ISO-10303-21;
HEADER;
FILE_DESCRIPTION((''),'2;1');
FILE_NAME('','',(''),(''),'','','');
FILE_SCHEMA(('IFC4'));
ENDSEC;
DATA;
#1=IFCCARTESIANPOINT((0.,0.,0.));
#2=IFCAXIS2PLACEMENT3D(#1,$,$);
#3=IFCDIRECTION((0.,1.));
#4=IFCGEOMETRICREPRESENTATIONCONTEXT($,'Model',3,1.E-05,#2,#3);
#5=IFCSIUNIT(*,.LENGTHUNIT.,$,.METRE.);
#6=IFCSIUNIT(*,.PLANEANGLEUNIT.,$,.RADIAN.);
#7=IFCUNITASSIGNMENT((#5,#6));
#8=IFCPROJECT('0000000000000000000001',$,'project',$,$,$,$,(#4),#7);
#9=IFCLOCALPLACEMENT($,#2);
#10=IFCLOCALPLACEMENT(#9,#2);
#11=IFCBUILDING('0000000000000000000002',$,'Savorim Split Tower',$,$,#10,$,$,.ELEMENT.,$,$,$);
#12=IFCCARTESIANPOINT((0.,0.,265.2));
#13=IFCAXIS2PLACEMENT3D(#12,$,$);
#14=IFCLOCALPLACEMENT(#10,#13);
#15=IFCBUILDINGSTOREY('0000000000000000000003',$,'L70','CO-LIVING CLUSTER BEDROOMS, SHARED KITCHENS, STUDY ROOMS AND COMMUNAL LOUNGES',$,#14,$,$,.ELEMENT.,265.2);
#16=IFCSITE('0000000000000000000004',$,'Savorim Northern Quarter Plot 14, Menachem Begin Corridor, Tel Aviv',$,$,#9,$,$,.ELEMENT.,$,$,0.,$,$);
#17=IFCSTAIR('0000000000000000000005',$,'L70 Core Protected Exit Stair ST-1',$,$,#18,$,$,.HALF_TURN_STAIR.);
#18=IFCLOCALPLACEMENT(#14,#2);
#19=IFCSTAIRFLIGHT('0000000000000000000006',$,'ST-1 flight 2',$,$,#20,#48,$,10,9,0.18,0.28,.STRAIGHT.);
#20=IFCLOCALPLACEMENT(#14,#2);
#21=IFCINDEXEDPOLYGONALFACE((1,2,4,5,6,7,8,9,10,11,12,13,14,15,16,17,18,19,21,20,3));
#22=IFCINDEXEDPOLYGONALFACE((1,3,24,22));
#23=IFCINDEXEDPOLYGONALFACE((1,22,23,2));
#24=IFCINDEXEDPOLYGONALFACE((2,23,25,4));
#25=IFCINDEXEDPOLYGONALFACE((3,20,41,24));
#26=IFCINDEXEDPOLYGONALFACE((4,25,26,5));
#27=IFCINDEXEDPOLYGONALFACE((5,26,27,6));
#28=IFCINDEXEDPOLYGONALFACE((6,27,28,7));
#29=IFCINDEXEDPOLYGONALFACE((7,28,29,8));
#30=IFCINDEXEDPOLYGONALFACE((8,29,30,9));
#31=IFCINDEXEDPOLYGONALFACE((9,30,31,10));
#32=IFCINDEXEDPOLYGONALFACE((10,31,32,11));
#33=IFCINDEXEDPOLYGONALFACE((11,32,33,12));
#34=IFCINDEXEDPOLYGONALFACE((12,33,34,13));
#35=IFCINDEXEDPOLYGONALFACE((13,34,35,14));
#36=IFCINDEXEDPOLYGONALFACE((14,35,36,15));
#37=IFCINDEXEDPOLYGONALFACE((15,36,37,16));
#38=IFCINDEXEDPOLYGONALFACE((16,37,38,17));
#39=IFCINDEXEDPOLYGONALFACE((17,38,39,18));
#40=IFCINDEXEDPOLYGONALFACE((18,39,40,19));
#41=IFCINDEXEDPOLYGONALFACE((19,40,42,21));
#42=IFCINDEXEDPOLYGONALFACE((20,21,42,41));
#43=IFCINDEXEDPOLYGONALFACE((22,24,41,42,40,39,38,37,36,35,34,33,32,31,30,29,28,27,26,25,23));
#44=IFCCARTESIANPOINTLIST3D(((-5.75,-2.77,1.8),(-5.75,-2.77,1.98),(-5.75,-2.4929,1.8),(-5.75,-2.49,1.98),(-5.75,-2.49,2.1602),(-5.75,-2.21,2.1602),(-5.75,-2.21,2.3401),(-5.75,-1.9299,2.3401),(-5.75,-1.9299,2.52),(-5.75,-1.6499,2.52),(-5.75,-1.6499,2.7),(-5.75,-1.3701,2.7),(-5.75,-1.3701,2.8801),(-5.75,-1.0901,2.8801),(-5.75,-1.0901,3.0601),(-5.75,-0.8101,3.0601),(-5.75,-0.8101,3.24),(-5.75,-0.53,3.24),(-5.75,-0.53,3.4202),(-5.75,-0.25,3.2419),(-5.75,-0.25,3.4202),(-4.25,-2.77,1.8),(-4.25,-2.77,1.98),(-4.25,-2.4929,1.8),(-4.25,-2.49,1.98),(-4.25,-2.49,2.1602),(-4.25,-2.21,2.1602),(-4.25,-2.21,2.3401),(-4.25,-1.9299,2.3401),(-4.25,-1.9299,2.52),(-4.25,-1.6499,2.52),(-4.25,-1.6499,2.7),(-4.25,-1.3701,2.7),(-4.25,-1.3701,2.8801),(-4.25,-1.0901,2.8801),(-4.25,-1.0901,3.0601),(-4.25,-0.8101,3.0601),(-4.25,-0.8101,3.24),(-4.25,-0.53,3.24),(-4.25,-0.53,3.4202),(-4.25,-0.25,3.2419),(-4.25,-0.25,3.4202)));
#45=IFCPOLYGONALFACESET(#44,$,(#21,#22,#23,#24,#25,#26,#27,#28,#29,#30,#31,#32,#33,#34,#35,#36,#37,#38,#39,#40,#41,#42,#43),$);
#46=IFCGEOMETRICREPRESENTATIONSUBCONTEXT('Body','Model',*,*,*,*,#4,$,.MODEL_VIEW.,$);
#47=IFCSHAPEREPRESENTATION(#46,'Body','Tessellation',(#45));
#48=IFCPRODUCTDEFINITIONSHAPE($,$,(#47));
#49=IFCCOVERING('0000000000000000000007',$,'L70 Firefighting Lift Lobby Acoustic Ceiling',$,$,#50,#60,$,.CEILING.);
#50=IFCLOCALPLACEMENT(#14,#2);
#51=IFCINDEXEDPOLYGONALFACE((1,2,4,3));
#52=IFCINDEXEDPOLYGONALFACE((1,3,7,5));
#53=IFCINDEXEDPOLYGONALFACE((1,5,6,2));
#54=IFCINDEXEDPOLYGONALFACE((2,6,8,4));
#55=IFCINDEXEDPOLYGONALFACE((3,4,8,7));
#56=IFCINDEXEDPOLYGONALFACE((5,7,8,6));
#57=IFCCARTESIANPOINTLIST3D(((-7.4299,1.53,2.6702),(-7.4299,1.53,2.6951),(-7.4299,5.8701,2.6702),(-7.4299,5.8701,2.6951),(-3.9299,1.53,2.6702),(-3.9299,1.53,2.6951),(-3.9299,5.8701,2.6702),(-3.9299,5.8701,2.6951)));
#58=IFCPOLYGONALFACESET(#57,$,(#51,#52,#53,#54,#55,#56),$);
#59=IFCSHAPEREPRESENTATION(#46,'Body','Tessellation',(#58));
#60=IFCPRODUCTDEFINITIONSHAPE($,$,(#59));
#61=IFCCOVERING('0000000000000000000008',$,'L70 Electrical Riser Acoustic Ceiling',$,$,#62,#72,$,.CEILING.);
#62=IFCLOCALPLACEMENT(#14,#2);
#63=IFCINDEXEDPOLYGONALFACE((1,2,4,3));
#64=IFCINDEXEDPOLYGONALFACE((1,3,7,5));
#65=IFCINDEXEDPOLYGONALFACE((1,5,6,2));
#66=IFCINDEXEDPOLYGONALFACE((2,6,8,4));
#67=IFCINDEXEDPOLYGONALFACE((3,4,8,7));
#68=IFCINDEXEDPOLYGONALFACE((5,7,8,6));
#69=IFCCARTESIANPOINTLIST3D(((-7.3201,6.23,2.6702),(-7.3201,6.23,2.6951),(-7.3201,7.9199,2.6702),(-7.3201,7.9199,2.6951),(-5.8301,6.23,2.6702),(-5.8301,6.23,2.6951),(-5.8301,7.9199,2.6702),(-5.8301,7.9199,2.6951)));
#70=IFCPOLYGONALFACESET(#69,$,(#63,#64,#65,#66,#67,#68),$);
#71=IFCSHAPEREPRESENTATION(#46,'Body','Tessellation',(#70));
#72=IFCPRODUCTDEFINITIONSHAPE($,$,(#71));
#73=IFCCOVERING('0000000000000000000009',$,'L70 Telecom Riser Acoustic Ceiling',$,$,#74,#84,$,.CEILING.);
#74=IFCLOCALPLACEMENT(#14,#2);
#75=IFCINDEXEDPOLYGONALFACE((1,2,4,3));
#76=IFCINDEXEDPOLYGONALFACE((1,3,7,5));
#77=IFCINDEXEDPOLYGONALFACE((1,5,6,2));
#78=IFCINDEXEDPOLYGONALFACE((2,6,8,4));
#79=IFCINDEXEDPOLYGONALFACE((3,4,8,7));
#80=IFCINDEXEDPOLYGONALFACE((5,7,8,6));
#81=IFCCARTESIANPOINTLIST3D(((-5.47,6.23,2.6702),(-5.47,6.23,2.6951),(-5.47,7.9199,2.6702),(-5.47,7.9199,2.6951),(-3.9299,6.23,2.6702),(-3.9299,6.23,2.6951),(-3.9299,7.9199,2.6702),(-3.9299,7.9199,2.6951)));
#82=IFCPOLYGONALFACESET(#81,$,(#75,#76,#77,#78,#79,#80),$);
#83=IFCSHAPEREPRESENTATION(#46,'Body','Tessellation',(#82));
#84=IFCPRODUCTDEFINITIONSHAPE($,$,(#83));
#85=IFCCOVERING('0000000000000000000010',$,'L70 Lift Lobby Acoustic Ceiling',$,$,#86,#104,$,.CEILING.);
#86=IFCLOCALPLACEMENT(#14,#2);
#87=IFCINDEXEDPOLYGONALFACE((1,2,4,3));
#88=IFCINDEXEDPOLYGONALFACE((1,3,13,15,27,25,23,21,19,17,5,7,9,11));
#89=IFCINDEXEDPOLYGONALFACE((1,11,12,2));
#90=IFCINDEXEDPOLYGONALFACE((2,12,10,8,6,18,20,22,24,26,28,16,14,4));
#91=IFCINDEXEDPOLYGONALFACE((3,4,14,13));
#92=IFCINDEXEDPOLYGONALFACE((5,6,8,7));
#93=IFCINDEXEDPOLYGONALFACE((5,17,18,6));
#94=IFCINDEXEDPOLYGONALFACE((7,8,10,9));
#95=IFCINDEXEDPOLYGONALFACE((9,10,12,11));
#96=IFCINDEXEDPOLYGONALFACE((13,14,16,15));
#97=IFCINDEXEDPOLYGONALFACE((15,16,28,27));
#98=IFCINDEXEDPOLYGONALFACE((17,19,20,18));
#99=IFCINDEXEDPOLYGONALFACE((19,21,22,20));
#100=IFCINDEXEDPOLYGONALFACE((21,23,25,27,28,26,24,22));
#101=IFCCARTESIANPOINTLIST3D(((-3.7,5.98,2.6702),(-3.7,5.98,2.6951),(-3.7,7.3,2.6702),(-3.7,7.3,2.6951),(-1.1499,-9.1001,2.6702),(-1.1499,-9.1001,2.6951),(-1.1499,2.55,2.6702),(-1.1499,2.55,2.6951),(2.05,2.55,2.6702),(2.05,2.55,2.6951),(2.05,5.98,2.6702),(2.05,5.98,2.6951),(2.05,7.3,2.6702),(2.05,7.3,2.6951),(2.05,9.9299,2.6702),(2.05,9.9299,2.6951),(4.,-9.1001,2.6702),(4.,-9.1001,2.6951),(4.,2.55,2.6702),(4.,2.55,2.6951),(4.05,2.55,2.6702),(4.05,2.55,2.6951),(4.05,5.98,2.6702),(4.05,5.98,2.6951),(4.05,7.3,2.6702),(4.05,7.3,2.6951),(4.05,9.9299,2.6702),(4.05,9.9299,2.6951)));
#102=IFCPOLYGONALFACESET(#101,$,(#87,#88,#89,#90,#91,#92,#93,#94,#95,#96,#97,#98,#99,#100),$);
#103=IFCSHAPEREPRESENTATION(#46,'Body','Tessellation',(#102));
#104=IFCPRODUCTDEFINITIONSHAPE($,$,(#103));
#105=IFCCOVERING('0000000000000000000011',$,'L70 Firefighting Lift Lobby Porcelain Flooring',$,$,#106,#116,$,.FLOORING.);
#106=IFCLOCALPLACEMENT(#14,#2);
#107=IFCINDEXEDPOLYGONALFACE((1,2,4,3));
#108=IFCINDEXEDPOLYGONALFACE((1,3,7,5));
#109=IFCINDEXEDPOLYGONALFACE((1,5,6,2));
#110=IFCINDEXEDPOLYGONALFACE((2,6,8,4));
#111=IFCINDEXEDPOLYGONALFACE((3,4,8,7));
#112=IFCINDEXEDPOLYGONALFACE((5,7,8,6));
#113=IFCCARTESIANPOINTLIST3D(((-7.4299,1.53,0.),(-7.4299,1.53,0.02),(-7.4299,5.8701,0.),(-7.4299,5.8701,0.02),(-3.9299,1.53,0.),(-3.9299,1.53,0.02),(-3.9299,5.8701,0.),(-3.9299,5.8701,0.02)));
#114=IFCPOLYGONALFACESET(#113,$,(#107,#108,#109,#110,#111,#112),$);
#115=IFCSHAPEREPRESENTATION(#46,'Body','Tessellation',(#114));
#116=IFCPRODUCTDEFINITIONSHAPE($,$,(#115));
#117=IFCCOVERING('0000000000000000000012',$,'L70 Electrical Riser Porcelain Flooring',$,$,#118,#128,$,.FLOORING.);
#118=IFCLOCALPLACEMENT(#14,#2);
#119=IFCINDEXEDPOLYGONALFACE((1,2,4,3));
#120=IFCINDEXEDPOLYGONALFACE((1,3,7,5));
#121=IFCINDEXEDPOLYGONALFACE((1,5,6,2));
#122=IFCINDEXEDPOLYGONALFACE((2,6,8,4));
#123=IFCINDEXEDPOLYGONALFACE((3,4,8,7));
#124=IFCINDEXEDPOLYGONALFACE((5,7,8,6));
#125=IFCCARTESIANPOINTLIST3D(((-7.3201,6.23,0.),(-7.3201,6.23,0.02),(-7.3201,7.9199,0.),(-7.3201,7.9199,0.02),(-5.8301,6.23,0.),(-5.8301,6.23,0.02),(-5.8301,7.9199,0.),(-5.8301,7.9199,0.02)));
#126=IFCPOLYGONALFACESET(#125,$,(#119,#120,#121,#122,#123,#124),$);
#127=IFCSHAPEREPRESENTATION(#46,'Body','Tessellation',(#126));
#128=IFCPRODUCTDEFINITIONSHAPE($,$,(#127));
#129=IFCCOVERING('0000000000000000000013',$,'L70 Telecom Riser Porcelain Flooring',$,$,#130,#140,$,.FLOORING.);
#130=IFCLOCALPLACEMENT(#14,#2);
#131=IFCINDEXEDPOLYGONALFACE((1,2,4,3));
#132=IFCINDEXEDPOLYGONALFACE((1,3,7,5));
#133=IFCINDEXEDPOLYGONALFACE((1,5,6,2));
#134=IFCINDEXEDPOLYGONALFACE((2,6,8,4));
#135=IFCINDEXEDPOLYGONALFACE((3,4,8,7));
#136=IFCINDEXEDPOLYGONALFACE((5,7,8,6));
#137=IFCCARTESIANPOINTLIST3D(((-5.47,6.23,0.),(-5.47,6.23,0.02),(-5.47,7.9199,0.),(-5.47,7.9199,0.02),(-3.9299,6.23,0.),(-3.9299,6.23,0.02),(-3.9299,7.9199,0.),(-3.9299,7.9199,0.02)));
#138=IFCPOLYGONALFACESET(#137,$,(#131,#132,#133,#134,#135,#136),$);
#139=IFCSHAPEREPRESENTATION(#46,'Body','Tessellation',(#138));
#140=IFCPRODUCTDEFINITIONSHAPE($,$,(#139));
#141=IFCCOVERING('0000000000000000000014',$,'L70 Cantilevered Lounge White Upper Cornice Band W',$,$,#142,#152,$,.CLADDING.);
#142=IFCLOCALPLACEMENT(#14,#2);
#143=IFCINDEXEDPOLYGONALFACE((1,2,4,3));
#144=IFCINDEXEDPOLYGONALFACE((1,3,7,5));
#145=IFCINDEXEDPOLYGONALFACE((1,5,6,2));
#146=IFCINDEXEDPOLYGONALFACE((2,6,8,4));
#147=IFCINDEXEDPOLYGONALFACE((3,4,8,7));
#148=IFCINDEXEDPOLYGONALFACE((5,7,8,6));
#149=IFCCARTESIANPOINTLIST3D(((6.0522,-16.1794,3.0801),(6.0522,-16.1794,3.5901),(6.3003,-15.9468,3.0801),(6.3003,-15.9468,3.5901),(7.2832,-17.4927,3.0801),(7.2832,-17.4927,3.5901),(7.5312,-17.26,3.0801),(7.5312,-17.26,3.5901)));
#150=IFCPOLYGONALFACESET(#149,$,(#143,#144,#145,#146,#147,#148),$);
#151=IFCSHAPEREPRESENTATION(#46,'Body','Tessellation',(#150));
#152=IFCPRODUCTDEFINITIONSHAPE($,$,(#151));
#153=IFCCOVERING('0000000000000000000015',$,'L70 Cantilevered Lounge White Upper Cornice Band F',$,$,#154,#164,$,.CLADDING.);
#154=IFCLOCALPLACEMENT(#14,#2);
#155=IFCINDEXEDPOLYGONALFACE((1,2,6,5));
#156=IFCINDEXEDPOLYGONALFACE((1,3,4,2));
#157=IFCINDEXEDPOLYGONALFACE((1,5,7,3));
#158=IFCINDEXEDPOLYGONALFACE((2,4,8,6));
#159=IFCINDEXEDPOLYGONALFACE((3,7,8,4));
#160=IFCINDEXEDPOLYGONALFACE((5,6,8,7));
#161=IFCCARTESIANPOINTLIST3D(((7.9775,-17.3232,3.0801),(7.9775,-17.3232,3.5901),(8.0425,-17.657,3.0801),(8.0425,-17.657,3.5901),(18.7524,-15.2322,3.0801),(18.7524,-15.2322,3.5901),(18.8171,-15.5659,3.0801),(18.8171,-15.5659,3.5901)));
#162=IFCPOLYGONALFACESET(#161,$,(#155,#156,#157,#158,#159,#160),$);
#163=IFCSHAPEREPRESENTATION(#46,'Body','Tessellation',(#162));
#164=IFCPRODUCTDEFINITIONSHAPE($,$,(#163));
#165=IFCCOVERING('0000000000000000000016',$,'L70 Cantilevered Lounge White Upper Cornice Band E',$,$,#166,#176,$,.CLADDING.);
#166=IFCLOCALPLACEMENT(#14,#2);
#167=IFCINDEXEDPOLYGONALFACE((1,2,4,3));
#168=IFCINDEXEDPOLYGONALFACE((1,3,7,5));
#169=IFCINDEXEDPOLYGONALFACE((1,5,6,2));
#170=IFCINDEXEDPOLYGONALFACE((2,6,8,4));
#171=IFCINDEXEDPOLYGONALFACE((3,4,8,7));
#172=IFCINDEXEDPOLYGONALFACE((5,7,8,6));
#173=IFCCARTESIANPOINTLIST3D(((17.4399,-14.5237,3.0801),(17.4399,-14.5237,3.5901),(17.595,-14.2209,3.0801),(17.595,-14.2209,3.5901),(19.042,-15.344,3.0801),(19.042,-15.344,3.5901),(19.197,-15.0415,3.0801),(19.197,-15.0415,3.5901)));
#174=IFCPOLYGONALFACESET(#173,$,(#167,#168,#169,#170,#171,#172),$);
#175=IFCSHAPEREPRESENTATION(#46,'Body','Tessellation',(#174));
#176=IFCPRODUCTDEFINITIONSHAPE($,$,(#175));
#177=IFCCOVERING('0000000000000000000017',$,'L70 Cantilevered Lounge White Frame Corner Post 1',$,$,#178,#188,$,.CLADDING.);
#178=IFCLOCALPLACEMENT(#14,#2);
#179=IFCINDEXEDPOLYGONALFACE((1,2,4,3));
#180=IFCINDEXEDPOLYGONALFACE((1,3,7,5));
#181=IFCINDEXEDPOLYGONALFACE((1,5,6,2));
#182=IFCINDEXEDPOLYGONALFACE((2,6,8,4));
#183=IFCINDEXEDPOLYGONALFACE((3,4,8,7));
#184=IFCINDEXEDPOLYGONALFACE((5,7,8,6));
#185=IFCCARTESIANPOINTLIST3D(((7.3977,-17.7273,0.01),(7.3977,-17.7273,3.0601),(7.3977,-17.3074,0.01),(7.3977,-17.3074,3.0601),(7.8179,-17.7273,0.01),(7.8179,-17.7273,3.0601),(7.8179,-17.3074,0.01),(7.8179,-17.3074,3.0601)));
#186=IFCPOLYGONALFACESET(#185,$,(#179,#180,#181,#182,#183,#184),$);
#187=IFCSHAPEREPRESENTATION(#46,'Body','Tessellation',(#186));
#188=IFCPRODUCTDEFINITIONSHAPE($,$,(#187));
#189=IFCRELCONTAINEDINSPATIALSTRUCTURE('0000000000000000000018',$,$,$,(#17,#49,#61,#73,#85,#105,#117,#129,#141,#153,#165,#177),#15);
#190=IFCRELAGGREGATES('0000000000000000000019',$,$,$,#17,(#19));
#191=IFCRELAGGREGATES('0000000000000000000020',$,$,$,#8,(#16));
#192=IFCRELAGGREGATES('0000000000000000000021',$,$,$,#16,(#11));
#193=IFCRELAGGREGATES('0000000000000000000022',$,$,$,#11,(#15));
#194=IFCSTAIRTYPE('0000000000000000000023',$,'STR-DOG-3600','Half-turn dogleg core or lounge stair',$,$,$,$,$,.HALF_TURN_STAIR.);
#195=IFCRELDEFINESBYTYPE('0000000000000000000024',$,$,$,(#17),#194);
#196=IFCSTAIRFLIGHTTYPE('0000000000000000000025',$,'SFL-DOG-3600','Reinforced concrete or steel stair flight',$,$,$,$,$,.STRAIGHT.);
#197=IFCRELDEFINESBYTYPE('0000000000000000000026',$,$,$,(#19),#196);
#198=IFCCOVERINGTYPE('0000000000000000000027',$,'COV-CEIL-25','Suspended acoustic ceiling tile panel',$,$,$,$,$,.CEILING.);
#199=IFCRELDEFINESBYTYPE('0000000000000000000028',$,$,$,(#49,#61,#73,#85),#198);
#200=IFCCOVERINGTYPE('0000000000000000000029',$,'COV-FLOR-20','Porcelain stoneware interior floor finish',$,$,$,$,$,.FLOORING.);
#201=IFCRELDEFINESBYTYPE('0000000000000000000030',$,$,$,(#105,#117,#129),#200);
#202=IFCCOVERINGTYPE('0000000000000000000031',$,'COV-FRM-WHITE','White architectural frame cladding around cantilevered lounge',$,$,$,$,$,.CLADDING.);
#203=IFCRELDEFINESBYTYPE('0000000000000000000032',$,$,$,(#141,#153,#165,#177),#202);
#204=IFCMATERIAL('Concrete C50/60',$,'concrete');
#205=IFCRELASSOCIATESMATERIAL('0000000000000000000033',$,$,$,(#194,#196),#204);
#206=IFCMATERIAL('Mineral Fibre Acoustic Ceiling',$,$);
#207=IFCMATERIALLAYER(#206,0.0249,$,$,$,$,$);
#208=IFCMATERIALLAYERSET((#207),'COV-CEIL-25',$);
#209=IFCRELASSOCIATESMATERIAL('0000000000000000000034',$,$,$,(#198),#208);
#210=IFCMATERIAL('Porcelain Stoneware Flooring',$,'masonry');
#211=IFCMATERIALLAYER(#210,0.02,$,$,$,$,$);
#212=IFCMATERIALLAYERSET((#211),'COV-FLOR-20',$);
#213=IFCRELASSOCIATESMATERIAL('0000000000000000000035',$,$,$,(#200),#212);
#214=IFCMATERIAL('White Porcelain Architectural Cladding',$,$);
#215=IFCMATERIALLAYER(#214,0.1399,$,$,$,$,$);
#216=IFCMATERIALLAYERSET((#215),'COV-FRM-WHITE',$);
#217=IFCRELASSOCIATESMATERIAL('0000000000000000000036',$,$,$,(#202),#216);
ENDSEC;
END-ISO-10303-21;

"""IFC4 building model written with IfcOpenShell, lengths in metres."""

from ifc_helpers import new_model, si_unit, direction, frame, origin, place, context, subcontext, project, spatial, polyline, outline, extrude, material, layer, layer_set, type_object, element, aggregate, save


model = new_model("IFC4")

# Units and contexts
model_context = context("Model", 3, precision=1e-05, world=origin(), true_north=direction((0.0, 1.0)))
body_context = subcontext(model_context, "Body", "Model", "MODEL_VIEW")
ifc_project = project(units=[si_unit("LENGTHUNIT", "METRE"), si_unit("PLANEANGLEUNIT", "RADIAN")], contexts=[model_context])

# Site, building, storey
site_placement = place(None, origin())
site = spatial("IfcSite", under=ifc_project, at=site_placement, Name="Savorim Northern Quarter Plot 14, Menachem Begin Corridor, Tel Aviv", CompositionType="ELEMENT", RefElevation=0.0)
building_placement = place(site_placement, origin())
building = spatial("IfcBuilding", under=site, at=building_placement, Name="Savorim Split Tower", CompositionType="ELEMENT")
storey_placement = place(building_placement, frame((0.0, 0.0, 265.2)))
storey = spatial("IfcBuildingStorey", under=building, at=storey_placement, Name="L70", Description="CO-LIVING CLUSTER BEDROOMS, SHARED KITCHENS, STUDY ROOMS AND COMMUNAL LOUNGES", CompositionType="ELEMENT", Elevation=265.2)

# Shared definitions
ifc_material_1 = material(Name="Concrete C50/60", Category="concrete")

# Stair
stair_type = type_object("IfcStairType", Name="STR-DOG-3600", Description="Half-turn dogleg core or lounge stair", PredefinedType="HALF_TURN_STAIR", material=ifc_material_1)
stair_1_placement = place(storey_placement, origin())
stair_1 = element("IfcStair", 1, at=stair_1_placement, inside=storey, type_object=stair_type, Name="L70 Core Protected Exit Stair ST-1", PredefinedType="HALF_TURN_STAIR")

# Stair flight
stair_flight_type = type_object("IfcStairFlightType", Name="SFL-DOG-3600", Description="Reinforced concrete or steel stair flight", PredefinedType="STRAIGHT", material=ifc_material_1)
stair_flight_1_placement = place(storey_placement, frame((-5.0, -2.77, 1.8), z_axis=(0.0, 0.0, 1.0), x_axis=(0.0, 1.0, 0.0)))
stair_flight_1 = element("IfcStairFlight", 2, at=stair_flight_1_placement, type_object=stair_flight_type, Name="ST-1 flight 2", NumberOfRisers=10, NumberOfTreads=9, PredefinedType="STRAIGHT", RiserHeight=0.18, TreadLength=0.28, context=body_context, shape_type="SweptSolid", body=[
    extrude(outline(polyline([(0.0, 0.0), (0.0, 0.1799), (0.28, 0.1799), (0.28, 0.3601), (0.5601, 0.3601), (0.5601, 0.54), (0.8401, 0.54), (0.8401, 0.72), (1.1201, 0.72), (1.1201, 0.8999), (1.3999, 0.8999), (1.3999, 1.0801), (1.6799, 1.0801), (1.6799, 1.26), (1.96, 1.26), (1.96, 1.4399), (2.24, 1.4399), (2.24, 1.6201), (2.52, 1.6201), (2.52, 1.8), (2.52, 1.4419), (0.2771, 0.0), (0.0, 0.0)])), frame((0.0, 0.75, 0.0), z_axis=(0.0, -1.0, 0.0), x_axis=(1.0, 0.0, 0.0)), (0.0, 0.0, 1.0), 1.5),
])
aggregate(stair_1, [stair_flight_1])

# Coverings
ifc_material_2 = material(Name="Mineral Fibre Acoustic Ceiling")
ifc_layer_1 = layer(ifc_material_2, 0.0249)
ifc_layer_set_1 = layer_set([ifc_layer_1], Name="COV-CEIL-25")
covering_type_1 = type_object("IfcCoveringType", Name="COV-CEIL-25", Description="Suspended acoustic ceiling tile panel", PredefinedType="CEILING", material=ifc_layer_set_1)
covering_1_placement = place(storey_placement, frame((0.0, 0.0, 2.6702)))
element("IfcCovering", 3, at=covering_1_placement, inside=storey, type_object=covering_type_1, Name="L70 Firefighting Lift Lobby Acoustic Ceiling", PredefinedType="CEILING", context=body_context, shape_type="SweptSolid", body=[
    extrude(outline(polyline([(-7.4299, 5.8701), (-7.4299, 1.53), (-3.9299, 1.53), (-3.9299, 5.8701), (-7.4299, 5.8701)])), origin(), (0.0, 0.0, 1.0), 0.0249),
])
covering_2_placement = place(storey_placement, frame((0.0, 0.0, 2.6702)))
element("IfcCovering", 4, at=covering_2_placement, inside=storey, type_object=covering_type_1, Name="L70 Electrical Riser Acoustic Ceiling", PredefinedType="CEILING", context=body_context, shape_type="SweptSolid", body=[
    extrude(outline(polyline([(-7.3201, 7.9199), (-7.3201, 6.23), (-5.8301, 6.23), (-5.8301, 7.9199), (-7.3201, 7.9199)])), origin(), (0.0, 0.0, 1.0), 0.0249),
])
covering_3_placement = place(storey_placement, frame((0.0, 0.0, 2.6702)))
element("IfcCovering", 5, at=covering_3_placement, inside=storey, type_object=covering_type_1, Name="L70 Telecom Riser Acoustic Ceiling", PredefinedType="CEILING", context=body_context, shape_type="SweptSolid", body=[
    extrude(outline(polyline([(-5.47, 7.9199), (-5.47, 6.23), (-3.9299, 6.23), (-3.9299, 7.9199), (-5.47, 7.9199)])), origin(), (0.0, 0.0, 1.0), 0.0249),
])
covering_4_placement = place(storey_placement, frame((0.0, 0.0, 2.6702)))
element("IfcCovering", 6, at=covering_4_placement, inside=storey, type_object=covering_type_1, Name="L70 Lift Lobby Acoustic Ceiling", PredefinedType="CEILING", context=body_context, shape_type="SweptSolid", body=[
    extrude(outline(polyline([(2.05, 2.55), (-1.1499, 2.55), (-1.1499, -9.1001), (4.0, -9.1001), (4.0, 2.55), (4.05, 2.55), (4.05, 5.98), (4.05, 7.3), (4.05, 9.9299), (2.05, 9.9299), (2.05, 7.3), (-3.7, 7.3), (-3.7, 5.98), (2.05, 5.98), (2.05, 2.55)])), origin(), (0.0, 0.0, 1.0), 0.0249),
])
ifc_material_3 = material(Name="Porcelain Stoneware Flooring", Category="masonry")
ifc_layer_2 = layer(ifc_material_3, 0.02)
ifc_layer_set_2 = layer_set([ifc_layer_2], Name="COV-FLOR-20")
covering_type_2 = type_object("IfcCoveringType", Name="COV-FLOR-20", Description="Porcelain stoneware interior floor finish", PredefinedType="FLOORING", material=ifc_layer_set_2)
covering_5_placement = place(storey_placement, origin())
element("IfcCovering", 7, at=covering_5_placement, inside=storey, type_object=covering_type_2, Name="L70 Firefighting Lift Lobby Porcelain Flooring", PredefinedType="FLOORING", context=body_context, shape_type="SweptSolid", body=[
    extrude(outline(polyline([(-7.4299, 5.8701), (-7.4299, 1.53), (-3.9299, 1.53), (-3.9299, 5.8701), (-7.4299, 5.8701)])), origin(), (0.0, 0.0, 1.0), 0.02),
])
covering_6_placement = place(storey_placement, origin())
element("IfcCovering", 8, at=covering_6_placement, inside=storey, type_object=covering_type_2, Name="L70 Electrical Riser Porcelain Flooring", PredefinedType="FLOORING", context=body_context, shape_type="SweptSolid", body=[
    extrude(outline(polyline([(-7.3201, 7.9199), (-7.3201, 6.23), (-5.8301, 6.23), (-5.8301, 7.9199), (-7.3201, 7.9199)])), origin(), (0.0, 0.0, 1.0), 0.02),
])
covering_7_placement = place(storey_placement, origin())
element("IfcCovering", 9, at=covering_7_placement, inside=storey, type_object=covering_type_2, Name="L70 Telecom Riser Porcelain Flooring", PredefinedType="FLOORING", context=body_context, shape_type="SweptSolid", body=[
    extrude(outline(polyline([(-5.47, 7.9199), (-5.47, 6.23), (-3.9299, 6.23), (-3.9299, 7.9199), (-5.47, 7.9199)])), origin(), (0.0, 0.0, 1.0), 0.02),
])
ifc_material_4 = material(Name="White Porcelain Architectural Cladding")
ifc_layer_3 = layer(ifc_material_4, 0.1399)
ifc_layer_set_3 = layer_set([ifc_layer_3], Name="COV-FRM-WHITE")
covering_type_3 = type_object("IfcCoveringType", Name="COV-FRM-WHITE", Description="White architectural frame cladding around cantilevered lounge", PredefinedType="CLADDING", material=ifc_layer_set_3)
covering_8_placement = place(storey_placement, frame((0.0, 0.0, 3.0801)))
element("IfcCovering", 10, at=covering_8_placement, inside=storey, type_object=covering_type_3, Name="L70 Cantilevered Lounge White Upper Cornice Band W", PredefinedType="CLADDING", context=body_context, shape_type="SweptSolid", body=[
    extrude(outline(polyline([(6.0522, -16.1794), (7.2832, -17.4927), (7.5312, -17.26), (6.3003, -15.9468), (6.0522, -16.1794)])), origin(), (0.0, 0.0, 1.0), 0.51),
])
covering_9_placement = place(storey_placement, frame((0.0, 0.0, 3.0801)))
element("IfcCovering", 11, at=covering_9_placement, inside=storey, type_object=covering_type_3, Name="L70 Cantilevered Lounge White Upper Cornice Band F", PredefinedType="CLADDING", context=body_context, shape_type="SweptSolid", body=[
    extrude(outline(polyline([(8.0425, -17.657), (18.8171, -15.5659), (18.7524, -15.2322), (7.9775, -17.3232), (8.0425, -17.657)])), origin(), (0.0, 0.0, 1.0), 0.51),
])
covering_10_placement = place(storey_placement, frame((0.0, 0.0, 3.0801)))
element("IfcCovering", 12, at=covering_10_placement, inside=storey, type_object=covering_type_3, Name="L70 Cantilevered Lounge White Upper Cornice Band E", PredefinedType="CLADDING", context=body_context, shape_type="SweptSolid", body=[
    extrude(outline(polyline([(19.197, -15.0415), (17.595, -14.2209), (17.4399, -14.5237), (19.042, -15.344), (19.197, -15.0415)])), origin(), (0.0, 0.0, 1.0), 0.51),
])
covering_11_placement = place(storey_placement, frame((0.0, 0.0, 0.01)))
element("IfcCovering", 13, at=covering_11_placement, inside=storey, type_object=covering_type_3, Name="L70 Cantilevered Lounge White Frame Corner Post 1", PredefinedType="CLADDING", context=body_context, shape_type="SweptSolid", body=[
    extrude(outline(polyline([(7.3977, -17.7273), (7.8179, -17.7273), (7.8179, -17.3074), (7.3977, -17.3074), (7.3977, -17.7273)])), origin(), (0.0, 0.0, 1.0), 3.05),
])

save(model, "model.ifc")
